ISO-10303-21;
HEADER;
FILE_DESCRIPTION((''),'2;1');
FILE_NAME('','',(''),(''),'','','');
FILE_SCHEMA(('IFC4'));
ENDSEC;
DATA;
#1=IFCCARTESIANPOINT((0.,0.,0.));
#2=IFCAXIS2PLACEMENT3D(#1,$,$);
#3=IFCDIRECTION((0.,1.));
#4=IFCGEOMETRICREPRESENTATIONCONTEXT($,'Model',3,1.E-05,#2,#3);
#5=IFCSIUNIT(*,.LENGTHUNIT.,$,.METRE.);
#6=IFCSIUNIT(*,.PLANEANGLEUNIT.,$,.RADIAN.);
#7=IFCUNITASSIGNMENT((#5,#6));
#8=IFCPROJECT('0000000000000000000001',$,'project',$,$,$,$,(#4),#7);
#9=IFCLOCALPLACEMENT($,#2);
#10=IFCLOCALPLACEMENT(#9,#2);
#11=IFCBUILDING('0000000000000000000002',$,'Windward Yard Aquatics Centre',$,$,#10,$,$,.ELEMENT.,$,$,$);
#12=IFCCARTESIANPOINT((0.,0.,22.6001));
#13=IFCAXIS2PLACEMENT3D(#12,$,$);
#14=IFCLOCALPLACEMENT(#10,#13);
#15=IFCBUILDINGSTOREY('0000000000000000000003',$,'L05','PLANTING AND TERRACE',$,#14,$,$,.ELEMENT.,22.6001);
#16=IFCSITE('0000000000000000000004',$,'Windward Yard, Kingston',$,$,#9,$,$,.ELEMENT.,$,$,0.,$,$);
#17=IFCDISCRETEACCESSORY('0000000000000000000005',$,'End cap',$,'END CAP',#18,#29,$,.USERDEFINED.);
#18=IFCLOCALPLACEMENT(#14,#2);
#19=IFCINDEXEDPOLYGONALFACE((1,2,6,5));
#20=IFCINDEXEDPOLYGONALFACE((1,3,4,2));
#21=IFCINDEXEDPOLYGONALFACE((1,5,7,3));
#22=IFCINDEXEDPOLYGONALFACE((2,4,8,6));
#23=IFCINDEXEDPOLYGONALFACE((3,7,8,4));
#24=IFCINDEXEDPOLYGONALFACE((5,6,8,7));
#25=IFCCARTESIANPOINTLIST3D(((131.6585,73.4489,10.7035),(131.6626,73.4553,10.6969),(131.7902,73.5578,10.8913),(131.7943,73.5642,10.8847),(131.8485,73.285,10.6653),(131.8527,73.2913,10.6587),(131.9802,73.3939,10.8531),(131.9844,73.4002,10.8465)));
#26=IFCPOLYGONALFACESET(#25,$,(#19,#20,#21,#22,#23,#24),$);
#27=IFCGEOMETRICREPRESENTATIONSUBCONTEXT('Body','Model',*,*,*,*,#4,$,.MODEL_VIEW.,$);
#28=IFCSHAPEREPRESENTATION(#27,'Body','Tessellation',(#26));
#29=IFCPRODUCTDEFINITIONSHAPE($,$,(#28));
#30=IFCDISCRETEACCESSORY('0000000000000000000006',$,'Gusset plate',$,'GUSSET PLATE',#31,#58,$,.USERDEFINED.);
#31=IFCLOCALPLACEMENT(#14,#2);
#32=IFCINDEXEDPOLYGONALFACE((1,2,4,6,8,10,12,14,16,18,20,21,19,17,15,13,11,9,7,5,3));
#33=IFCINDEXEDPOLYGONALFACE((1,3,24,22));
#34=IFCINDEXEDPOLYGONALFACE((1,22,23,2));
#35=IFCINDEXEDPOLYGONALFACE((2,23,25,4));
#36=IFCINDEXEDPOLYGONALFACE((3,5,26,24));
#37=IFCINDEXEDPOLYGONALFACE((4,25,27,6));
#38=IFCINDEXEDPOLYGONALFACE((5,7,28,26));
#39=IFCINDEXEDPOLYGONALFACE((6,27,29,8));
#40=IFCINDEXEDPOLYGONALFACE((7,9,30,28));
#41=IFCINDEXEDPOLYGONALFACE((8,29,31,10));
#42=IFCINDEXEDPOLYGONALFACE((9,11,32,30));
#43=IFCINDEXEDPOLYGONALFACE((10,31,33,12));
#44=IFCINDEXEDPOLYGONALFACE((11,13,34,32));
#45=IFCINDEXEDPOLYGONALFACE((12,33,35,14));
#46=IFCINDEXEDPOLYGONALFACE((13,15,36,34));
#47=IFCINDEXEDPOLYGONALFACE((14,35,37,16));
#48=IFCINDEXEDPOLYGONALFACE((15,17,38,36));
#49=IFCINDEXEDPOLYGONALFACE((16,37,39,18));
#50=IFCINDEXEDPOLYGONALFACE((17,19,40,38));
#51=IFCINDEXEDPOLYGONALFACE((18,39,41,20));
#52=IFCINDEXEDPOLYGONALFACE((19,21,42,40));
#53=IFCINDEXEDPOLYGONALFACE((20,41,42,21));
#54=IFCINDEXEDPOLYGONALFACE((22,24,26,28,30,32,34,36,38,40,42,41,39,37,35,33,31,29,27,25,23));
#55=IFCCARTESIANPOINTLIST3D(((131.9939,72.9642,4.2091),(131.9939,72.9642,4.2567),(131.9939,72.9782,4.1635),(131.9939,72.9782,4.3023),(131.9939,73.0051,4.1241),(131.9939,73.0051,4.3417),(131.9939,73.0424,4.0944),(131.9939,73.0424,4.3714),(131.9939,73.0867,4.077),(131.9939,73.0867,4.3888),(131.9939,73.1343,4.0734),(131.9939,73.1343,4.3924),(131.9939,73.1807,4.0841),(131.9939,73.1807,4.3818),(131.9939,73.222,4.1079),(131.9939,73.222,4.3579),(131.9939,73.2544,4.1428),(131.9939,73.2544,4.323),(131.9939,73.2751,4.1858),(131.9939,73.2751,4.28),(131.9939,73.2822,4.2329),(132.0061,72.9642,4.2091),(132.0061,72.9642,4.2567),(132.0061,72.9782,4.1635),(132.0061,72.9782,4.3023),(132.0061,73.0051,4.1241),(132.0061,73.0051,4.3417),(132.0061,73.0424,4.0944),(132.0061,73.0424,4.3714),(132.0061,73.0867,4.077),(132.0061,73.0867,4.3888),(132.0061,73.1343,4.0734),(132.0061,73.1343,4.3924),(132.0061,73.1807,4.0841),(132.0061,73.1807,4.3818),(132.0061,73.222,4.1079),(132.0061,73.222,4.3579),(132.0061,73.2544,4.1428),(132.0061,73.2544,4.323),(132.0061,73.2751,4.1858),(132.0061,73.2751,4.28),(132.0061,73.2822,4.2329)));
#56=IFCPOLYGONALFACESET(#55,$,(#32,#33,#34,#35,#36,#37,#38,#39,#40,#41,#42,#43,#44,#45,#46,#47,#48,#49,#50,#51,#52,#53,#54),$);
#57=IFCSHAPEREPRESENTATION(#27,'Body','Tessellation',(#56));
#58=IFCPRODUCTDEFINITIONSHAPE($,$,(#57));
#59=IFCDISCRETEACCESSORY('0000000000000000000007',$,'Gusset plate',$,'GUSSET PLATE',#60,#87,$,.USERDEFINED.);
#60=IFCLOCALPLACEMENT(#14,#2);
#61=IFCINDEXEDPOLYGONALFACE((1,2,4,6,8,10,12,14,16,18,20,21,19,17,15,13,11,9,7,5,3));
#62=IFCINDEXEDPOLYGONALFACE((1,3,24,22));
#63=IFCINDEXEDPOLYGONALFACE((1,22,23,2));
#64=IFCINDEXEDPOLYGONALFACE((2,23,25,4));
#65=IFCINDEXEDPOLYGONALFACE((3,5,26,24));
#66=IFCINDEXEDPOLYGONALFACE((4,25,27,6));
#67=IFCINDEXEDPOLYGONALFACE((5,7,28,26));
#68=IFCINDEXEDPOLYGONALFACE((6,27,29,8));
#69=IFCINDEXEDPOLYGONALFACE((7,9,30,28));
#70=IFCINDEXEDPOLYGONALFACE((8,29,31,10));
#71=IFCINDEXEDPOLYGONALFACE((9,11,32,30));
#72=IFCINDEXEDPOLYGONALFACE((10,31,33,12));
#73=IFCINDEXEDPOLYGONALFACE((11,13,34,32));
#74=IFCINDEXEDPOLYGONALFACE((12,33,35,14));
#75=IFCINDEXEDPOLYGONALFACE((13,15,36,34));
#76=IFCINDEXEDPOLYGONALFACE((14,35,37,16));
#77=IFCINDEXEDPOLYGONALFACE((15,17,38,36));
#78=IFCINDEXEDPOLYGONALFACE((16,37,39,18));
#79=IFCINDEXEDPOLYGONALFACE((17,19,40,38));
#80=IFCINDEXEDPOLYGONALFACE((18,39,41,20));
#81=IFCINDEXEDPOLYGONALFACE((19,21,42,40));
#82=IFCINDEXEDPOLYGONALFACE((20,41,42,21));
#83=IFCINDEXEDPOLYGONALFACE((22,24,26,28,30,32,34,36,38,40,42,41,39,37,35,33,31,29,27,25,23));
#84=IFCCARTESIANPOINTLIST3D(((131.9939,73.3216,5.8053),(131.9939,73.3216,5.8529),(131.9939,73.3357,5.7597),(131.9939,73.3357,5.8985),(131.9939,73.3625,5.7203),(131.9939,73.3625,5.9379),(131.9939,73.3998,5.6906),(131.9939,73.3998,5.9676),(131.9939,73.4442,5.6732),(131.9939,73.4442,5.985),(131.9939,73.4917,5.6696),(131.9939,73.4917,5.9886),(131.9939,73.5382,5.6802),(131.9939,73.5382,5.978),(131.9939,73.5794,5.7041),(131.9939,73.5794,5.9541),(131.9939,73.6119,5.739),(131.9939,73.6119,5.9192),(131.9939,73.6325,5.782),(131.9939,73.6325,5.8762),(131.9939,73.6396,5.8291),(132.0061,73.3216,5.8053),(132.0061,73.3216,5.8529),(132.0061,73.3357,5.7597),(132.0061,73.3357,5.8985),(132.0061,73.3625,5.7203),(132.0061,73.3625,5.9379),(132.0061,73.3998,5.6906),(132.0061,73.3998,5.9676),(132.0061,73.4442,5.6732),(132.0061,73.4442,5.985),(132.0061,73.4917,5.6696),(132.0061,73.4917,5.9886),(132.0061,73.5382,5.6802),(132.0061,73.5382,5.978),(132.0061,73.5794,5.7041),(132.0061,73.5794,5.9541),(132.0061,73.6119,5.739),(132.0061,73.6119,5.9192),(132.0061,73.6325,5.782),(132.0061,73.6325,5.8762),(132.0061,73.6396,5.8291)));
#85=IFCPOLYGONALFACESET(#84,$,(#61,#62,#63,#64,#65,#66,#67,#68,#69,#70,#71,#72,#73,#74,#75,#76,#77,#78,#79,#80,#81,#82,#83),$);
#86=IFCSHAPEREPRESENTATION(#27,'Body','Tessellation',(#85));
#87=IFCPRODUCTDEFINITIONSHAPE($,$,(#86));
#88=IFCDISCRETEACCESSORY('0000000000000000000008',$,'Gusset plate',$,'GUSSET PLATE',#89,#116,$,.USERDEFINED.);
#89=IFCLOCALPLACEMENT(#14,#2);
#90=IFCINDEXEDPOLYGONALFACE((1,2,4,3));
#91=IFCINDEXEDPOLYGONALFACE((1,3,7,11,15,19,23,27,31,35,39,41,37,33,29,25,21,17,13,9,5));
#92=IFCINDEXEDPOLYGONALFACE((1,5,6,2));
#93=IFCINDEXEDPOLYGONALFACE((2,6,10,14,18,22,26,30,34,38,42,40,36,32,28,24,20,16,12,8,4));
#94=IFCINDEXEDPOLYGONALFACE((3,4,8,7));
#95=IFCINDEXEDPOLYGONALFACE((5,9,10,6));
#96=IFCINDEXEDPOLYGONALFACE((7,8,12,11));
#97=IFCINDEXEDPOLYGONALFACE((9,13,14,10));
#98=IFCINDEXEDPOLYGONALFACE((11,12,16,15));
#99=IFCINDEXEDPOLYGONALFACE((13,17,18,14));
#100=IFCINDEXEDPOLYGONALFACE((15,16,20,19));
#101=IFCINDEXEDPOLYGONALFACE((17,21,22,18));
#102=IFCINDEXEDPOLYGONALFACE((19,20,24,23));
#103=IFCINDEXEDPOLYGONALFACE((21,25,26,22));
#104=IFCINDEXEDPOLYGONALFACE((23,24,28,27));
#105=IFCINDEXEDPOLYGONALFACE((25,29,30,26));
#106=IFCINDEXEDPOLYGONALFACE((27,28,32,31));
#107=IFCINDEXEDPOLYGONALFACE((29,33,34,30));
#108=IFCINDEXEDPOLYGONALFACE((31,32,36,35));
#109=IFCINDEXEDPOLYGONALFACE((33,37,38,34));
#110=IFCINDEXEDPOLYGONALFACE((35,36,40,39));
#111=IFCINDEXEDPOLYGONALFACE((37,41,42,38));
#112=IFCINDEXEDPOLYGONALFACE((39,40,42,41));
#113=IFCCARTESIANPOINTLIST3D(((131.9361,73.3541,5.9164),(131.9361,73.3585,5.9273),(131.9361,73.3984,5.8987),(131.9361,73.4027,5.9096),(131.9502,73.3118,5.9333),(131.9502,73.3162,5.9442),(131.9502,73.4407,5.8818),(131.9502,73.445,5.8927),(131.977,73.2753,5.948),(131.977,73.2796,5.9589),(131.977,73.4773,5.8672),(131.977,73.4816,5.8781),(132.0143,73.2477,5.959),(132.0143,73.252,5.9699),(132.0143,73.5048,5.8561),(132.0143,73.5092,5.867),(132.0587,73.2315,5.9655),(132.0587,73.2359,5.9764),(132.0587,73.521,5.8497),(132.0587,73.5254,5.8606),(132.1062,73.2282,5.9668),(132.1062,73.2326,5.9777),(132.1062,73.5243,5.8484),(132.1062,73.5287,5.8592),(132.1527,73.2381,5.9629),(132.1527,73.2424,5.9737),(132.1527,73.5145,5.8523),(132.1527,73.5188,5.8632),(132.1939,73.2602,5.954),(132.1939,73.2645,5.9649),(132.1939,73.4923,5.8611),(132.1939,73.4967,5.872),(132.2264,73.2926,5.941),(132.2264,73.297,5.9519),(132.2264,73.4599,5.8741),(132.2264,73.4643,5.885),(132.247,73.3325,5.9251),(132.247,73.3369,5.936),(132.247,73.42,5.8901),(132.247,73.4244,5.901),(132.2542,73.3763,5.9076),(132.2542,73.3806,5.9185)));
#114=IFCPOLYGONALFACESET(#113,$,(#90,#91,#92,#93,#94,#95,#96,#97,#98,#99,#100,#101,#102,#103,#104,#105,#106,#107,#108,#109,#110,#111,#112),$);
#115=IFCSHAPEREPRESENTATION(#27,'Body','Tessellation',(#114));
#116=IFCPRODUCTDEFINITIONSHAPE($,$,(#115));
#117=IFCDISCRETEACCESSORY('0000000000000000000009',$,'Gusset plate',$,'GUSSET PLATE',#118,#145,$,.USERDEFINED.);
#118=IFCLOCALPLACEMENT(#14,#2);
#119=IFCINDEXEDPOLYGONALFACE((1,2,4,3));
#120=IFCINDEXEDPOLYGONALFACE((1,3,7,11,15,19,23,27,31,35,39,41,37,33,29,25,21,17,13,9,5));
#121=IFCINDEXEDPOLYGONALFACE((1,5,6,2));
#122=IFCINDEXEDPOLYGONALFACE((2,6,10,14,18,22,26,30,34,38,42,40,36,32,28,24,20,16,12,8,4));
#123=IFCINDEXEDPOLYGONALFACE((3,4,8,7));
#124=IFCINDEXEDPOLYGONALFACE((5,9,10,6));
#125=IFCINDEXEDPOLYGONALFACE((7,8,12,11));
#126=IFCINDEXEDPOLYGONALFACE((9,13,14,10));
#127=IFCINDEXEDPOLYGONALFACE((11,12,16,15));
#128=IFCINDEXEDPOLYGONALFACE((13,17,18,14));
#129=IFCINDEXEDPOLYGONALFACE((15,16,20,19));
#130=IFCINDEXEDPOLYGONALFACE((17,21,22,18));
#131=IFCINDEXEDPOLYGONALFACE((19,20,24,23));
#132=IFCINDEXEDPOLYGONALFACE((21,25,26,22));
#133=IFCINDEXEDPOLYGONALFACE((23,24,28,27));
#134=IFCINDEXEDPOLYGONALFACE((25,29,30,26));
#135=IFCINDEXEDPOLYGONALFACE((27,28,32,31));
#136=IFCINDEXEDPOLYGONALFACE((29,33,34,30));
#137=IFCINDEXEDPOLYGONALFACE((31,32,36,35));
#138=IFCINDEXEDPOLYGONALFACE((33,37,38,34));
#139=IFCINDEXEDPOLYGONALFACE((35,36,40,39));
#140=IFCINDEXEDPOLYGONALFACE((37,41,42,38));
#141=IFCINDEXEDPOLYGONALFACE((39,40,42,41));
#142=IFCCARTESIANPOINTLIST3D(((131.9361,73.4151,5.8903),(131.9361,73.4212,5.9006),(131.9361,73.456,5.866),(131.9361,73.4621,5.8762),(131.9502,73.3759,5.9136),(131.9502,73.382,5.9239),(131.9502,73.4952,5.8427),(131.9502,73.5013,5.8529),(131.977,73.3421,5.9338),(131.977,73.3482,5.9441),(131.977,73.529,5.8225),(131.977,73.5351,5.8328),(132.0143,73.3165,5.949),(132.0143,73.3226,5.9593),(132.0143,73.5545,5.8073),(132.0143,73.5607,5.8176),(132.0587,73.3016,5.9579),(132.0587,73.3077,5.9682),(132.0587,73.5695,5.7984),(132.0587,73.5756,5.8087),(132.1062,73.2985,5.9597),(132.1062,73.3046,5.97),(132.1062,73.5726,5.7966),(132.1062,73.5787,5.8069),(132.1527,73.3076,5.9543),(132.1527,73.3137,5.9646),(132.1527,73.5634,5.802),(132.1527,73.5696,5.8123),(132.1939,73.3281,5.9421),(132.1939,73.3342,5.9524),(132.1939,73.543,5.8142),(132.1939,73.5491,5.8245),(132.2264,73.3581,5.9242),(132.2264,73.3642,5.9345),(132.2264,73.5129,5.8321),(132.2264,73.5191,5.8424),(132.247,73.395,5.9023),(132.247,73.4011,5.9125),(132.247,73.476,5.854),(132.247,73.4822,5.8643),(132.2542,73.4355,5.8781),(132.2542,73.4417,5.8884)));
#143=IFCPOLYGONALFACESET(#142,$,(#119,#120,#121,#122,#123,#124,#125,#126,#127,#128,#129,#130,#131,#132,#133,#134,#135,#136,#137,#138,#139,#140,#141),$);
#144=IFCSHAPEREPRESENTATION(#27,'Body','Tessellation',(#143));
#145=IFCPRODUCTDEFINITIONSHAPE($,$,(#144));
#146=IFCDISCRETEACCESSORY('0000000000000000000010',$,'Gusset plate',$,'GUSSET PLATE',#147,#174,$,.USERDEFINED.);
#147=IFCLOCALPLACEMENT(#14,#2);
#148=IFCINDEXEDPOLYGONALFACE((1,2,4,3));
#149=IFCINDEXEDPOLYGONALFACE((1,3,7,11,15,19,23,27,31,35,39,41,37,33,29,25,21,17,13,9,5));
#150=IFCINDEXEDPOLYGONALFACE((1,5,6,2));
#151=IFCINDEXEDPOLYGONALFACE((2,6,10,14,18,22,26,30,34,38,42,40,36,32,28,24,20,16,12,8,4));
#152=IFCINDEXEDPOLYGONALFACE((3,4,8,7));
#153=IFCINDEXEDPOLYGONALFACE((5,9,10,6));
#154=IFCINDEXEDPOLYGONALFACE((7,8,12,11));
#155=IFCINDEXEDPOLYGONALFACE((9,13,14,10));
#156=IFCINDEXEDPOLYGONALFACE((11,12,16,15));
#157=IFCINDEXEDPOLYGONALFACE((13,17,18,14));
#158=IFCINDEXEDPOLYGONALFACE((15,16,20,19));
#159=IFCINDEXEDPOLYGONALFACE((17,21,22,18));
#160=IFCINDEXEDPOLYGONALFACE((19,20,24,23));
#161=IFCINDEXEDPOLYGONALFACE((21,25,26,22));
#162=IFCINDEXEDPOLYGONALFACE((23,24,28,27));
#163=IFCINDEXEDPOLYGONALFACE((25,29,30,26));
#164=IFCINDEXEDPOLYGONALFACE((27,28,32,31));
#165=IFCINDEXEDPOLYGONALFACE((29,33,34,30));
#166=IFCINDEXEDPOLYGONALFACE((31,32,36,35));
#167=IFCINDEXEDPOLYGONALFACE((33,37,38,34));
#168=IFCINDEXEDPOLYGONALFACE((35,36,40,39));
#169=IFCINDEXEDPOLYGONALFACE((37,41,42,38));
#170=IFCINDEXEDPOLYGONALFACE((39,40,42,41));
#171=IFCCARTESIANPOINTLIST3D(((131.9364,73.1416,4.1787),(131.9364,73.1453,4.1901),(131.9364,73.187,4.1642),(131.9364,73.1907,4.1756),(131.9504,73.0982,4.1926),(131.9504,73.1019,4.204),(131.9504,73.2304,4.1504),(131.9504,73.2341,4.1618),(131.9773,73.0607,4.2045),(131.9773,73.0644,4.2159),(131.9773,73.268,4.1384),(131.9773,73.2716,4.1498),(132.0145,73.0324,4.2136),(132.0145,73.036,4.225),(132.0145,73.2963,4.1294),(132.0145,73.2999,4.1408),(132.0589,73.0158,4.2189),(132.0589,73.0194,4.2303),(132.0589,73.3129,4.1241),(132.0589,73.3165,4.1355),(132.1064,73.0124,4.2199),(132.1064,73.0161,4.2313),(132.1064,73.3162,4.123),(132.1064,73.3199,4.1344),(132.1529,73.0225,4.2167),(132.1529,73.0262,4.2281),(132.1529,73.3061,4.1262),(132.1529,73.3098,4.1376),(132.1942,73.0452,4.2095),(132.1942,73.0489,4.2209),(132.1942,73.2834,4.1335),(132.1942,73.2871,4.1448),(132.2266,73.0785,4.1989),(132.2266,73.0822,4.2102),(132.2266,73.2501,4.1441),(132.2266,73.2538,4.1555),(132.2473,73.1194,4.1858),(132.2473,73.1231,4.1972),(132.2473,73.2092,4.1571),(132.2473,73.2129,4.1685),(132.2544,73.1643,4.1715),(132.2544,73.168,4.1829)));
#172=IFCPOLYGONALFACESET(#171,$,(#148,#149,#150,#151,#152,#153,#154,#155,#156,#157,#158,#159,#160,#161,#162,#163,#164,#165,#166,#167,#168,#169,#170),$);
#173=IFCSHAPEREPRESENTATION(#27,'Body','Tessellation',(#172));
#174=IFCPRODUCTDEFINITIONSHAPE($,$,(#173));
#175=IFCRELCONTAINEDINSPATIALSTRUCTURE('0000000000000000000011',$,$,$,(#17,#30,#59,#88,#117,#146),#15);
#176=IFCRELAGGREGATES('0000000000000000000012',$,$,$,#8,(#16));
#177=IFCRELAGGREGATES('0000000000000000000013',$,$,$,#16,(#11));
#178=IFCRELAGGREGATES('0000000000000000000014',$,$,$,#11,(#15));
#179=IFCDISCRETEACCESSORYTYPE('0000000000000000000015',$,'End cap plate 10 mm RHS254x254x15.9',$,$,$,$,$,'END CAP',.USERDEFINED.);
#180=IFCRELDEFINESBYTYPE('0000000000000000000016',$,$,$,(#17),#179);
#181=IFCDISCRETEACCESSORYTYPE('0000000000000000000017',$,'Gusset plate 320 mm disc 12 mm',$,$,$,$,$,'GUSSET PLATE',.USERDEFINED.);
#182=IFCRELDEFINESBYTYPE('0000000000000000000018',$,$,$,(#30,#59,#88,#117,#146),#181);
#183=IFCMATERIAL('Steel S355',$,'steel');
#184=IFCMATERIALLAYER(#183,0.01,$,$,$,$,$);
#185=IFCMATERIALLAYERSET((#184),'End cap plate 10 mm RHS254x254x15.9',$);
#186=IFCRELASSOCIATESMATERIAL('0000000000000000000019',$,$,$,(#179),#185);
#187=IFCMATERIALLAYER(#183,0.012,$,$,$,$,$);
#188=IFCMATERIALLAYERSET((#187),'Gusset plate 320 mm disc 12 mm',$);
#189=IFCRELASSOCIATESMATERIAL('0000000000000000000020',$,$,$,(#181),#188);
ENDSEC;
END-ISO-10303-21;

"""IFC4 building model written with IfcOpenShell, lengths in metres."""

from ifc_helpers import new_model, si_unit, direction, frame, origin, origin_2d, place, context, subcontext, project, spatial, rectangle, circle, extrude, material, layer, layer_set, type_object, element, save


model = new_model("IFC4")

# Units and contexts
model_context = context("Model", 3, precision=1e-05, world=origin(), true_north=direction((0.0, 1.0)))
body_context = subcontext(model_context, "Body", "Model", "MODEL_VIEW")
ifc_project = project(units=[si_unit("LENGTHUNIT", "METRE"), si_unit("PLANEANGLEUNIT", "RADIAN")], contexts=[model_context])

# Site, building, storey
site_placement = place(None, origin())
site = spatial("IfcSite", under=ifc_project, at=site_placement, Name="Windward Yard, Kingston", CompositionType="ELEMENT", RefElevation=0.0)
building_placement = place(site_placement, origin())
building = spatial("IfcBuilding", under=site, at=building_placement, Name="Windward Yard Aquatics Centre", CompositionType="ELEMENT")
storey_placement = place(building_placement, frame((0.0, 0.0, 22.6001)))
storey = spatial("IfcBuildingStorey", under=building, at=storey_placement, Name="L05", Description="PLANTING AND TERRACE", CompositionType="ELEMENT", Elevation=22.6001)

# Discrete accessories
ifc_material_1 = material(Name="Steel S355", Category="steel")
ifc_layer_1 = layer(ifc_material_1, 0.01)
ifc_layer_set_1 = layer_set([ifc_layer_1], Name="End cap plate 10 mm RHS254x254x15.9")
discrete_accessory_type_1 = type_object("IfcDiscreteAccessoryType", Name="End cap plate 10 mm RHS254x254x15.9", ElementType="END CAP", PredefinedType="USERDEFINED", material=ifc_layer_set_1)
discrete_accessory_1_placement = place(storey_placement, frame((131.8235, 73.4277, 10.7717), z_axis=(-0.41304, -0.631708, 0.656005), x_axis=(0.748572, -0.645746, -0.150507)))
element("IfcDiscreteAccessory", 1, at=discrete_accessory_1_placement, inside=storey, type_object=discrete_accessory_type_1, Name="End cap", ObjectType="END CAP", PredefinedType="USERDEFINED", context=body_context, shape_type="SweptSolid", body=[
    extrude(rectangle(XDim=0.2539, YDim=0.2539, at=origin_2d()), origin(), (0.0, 0.0, 1.0), 0.01),
])
ifc_layer_2 = layer(ifc_material_1, 0.012)
ifc_layer_set_2 = layer_set([ifc_layer_2], Name="Gusset plate 320 mm disc 12 mm")
discrete_accessory_type_2 = type_object("IfcDiscreteAccessoryType", Name="Gusset plate 320 mm disc 12 mm", ElementType="GUSSET PLATE", PredefinedType="USERDEFINED", material=ifc_layer_set_2)
for number, where, z_axis, x_axis, name in (
    (2, (131.9939, 73.1223, 4.2329), (1.0, 0.0, 0.0), (0.0, 1.0, 0.0), "Gusset plate"),
    (3, (131.9939, 73.4797, 5.8291), (1.0, 0.0, 0.0), (0.0, 1.0, 0.0), "Gusset plate"),
):
    element("IfcDiscreteAccessory", number, at=place(storey_placement, frame(where, z_axis=z_axis, x_axis=x_axis)), inside=storey, type_object=discrete_accessory_type_2, Name=name, ObjectType="GUSSET PLATE", PredefinedType="USERDEFINED", context=body_context, shape_type="SweptSolid", body=[
        extrude(circle(Radius=0.1599, at=origin_2d()), origin(), (0.0, 0.0, 1.0), 0.0122),
    ])
discrete_accessory_2_placement = place(storey_placement, frame((132.0942, 73.3806, 5.9185), z_axis=(0.0, -0.371391, -0.928477), x_axis=(1.0, 0.0, 0.0)))
element("IfcDiscreteAccessory", 4, at=discrete_accessory_2_placement, inside=storey, type_object=discrete_accessory_type_2, Name="Gusset plate", ObjectType="GUSSET PLATE", PredefinedType="USERDEFINED", context=body_context, shape_type="SweptSolid", body=[
    extrude(circle(Radius=0.1599, at=origin_2d()), origin(), (0.0, 0.0, 1.0), 0.0117),
])
for number, where, z_axis, x_axis, name in (
    (5, (132.0942, 73.4417, 5.8884), (0.0, -0.511484, -0.859293), (1.0, 0.0, 0.0), "Gusset plate"),
    (6, (132.0945, 73.168, 4.1829), (0.0, -0.30404, -0.952659), (1.0, 0.0, 0.0), "Gusset plate"),
):
    element("IfcDiscreteAccessory", number, at=place(storey_placement, frame(where, z_axis=z_axis, x_axis=x_axis)), inside=storey, type_object=discrete_accessory_type_2, Name=name, ObjectType="GUSSET PLATE", PredefinedType="USERDEFINED", context=body_context, shape_type="SweptSolid", body=[
        extrude(circle(Radius=0.1599, at=origin_2d()), origin(), (0.0, 0.0, 1.0), 0.012),
    ])

save(model, "model.ifc")
